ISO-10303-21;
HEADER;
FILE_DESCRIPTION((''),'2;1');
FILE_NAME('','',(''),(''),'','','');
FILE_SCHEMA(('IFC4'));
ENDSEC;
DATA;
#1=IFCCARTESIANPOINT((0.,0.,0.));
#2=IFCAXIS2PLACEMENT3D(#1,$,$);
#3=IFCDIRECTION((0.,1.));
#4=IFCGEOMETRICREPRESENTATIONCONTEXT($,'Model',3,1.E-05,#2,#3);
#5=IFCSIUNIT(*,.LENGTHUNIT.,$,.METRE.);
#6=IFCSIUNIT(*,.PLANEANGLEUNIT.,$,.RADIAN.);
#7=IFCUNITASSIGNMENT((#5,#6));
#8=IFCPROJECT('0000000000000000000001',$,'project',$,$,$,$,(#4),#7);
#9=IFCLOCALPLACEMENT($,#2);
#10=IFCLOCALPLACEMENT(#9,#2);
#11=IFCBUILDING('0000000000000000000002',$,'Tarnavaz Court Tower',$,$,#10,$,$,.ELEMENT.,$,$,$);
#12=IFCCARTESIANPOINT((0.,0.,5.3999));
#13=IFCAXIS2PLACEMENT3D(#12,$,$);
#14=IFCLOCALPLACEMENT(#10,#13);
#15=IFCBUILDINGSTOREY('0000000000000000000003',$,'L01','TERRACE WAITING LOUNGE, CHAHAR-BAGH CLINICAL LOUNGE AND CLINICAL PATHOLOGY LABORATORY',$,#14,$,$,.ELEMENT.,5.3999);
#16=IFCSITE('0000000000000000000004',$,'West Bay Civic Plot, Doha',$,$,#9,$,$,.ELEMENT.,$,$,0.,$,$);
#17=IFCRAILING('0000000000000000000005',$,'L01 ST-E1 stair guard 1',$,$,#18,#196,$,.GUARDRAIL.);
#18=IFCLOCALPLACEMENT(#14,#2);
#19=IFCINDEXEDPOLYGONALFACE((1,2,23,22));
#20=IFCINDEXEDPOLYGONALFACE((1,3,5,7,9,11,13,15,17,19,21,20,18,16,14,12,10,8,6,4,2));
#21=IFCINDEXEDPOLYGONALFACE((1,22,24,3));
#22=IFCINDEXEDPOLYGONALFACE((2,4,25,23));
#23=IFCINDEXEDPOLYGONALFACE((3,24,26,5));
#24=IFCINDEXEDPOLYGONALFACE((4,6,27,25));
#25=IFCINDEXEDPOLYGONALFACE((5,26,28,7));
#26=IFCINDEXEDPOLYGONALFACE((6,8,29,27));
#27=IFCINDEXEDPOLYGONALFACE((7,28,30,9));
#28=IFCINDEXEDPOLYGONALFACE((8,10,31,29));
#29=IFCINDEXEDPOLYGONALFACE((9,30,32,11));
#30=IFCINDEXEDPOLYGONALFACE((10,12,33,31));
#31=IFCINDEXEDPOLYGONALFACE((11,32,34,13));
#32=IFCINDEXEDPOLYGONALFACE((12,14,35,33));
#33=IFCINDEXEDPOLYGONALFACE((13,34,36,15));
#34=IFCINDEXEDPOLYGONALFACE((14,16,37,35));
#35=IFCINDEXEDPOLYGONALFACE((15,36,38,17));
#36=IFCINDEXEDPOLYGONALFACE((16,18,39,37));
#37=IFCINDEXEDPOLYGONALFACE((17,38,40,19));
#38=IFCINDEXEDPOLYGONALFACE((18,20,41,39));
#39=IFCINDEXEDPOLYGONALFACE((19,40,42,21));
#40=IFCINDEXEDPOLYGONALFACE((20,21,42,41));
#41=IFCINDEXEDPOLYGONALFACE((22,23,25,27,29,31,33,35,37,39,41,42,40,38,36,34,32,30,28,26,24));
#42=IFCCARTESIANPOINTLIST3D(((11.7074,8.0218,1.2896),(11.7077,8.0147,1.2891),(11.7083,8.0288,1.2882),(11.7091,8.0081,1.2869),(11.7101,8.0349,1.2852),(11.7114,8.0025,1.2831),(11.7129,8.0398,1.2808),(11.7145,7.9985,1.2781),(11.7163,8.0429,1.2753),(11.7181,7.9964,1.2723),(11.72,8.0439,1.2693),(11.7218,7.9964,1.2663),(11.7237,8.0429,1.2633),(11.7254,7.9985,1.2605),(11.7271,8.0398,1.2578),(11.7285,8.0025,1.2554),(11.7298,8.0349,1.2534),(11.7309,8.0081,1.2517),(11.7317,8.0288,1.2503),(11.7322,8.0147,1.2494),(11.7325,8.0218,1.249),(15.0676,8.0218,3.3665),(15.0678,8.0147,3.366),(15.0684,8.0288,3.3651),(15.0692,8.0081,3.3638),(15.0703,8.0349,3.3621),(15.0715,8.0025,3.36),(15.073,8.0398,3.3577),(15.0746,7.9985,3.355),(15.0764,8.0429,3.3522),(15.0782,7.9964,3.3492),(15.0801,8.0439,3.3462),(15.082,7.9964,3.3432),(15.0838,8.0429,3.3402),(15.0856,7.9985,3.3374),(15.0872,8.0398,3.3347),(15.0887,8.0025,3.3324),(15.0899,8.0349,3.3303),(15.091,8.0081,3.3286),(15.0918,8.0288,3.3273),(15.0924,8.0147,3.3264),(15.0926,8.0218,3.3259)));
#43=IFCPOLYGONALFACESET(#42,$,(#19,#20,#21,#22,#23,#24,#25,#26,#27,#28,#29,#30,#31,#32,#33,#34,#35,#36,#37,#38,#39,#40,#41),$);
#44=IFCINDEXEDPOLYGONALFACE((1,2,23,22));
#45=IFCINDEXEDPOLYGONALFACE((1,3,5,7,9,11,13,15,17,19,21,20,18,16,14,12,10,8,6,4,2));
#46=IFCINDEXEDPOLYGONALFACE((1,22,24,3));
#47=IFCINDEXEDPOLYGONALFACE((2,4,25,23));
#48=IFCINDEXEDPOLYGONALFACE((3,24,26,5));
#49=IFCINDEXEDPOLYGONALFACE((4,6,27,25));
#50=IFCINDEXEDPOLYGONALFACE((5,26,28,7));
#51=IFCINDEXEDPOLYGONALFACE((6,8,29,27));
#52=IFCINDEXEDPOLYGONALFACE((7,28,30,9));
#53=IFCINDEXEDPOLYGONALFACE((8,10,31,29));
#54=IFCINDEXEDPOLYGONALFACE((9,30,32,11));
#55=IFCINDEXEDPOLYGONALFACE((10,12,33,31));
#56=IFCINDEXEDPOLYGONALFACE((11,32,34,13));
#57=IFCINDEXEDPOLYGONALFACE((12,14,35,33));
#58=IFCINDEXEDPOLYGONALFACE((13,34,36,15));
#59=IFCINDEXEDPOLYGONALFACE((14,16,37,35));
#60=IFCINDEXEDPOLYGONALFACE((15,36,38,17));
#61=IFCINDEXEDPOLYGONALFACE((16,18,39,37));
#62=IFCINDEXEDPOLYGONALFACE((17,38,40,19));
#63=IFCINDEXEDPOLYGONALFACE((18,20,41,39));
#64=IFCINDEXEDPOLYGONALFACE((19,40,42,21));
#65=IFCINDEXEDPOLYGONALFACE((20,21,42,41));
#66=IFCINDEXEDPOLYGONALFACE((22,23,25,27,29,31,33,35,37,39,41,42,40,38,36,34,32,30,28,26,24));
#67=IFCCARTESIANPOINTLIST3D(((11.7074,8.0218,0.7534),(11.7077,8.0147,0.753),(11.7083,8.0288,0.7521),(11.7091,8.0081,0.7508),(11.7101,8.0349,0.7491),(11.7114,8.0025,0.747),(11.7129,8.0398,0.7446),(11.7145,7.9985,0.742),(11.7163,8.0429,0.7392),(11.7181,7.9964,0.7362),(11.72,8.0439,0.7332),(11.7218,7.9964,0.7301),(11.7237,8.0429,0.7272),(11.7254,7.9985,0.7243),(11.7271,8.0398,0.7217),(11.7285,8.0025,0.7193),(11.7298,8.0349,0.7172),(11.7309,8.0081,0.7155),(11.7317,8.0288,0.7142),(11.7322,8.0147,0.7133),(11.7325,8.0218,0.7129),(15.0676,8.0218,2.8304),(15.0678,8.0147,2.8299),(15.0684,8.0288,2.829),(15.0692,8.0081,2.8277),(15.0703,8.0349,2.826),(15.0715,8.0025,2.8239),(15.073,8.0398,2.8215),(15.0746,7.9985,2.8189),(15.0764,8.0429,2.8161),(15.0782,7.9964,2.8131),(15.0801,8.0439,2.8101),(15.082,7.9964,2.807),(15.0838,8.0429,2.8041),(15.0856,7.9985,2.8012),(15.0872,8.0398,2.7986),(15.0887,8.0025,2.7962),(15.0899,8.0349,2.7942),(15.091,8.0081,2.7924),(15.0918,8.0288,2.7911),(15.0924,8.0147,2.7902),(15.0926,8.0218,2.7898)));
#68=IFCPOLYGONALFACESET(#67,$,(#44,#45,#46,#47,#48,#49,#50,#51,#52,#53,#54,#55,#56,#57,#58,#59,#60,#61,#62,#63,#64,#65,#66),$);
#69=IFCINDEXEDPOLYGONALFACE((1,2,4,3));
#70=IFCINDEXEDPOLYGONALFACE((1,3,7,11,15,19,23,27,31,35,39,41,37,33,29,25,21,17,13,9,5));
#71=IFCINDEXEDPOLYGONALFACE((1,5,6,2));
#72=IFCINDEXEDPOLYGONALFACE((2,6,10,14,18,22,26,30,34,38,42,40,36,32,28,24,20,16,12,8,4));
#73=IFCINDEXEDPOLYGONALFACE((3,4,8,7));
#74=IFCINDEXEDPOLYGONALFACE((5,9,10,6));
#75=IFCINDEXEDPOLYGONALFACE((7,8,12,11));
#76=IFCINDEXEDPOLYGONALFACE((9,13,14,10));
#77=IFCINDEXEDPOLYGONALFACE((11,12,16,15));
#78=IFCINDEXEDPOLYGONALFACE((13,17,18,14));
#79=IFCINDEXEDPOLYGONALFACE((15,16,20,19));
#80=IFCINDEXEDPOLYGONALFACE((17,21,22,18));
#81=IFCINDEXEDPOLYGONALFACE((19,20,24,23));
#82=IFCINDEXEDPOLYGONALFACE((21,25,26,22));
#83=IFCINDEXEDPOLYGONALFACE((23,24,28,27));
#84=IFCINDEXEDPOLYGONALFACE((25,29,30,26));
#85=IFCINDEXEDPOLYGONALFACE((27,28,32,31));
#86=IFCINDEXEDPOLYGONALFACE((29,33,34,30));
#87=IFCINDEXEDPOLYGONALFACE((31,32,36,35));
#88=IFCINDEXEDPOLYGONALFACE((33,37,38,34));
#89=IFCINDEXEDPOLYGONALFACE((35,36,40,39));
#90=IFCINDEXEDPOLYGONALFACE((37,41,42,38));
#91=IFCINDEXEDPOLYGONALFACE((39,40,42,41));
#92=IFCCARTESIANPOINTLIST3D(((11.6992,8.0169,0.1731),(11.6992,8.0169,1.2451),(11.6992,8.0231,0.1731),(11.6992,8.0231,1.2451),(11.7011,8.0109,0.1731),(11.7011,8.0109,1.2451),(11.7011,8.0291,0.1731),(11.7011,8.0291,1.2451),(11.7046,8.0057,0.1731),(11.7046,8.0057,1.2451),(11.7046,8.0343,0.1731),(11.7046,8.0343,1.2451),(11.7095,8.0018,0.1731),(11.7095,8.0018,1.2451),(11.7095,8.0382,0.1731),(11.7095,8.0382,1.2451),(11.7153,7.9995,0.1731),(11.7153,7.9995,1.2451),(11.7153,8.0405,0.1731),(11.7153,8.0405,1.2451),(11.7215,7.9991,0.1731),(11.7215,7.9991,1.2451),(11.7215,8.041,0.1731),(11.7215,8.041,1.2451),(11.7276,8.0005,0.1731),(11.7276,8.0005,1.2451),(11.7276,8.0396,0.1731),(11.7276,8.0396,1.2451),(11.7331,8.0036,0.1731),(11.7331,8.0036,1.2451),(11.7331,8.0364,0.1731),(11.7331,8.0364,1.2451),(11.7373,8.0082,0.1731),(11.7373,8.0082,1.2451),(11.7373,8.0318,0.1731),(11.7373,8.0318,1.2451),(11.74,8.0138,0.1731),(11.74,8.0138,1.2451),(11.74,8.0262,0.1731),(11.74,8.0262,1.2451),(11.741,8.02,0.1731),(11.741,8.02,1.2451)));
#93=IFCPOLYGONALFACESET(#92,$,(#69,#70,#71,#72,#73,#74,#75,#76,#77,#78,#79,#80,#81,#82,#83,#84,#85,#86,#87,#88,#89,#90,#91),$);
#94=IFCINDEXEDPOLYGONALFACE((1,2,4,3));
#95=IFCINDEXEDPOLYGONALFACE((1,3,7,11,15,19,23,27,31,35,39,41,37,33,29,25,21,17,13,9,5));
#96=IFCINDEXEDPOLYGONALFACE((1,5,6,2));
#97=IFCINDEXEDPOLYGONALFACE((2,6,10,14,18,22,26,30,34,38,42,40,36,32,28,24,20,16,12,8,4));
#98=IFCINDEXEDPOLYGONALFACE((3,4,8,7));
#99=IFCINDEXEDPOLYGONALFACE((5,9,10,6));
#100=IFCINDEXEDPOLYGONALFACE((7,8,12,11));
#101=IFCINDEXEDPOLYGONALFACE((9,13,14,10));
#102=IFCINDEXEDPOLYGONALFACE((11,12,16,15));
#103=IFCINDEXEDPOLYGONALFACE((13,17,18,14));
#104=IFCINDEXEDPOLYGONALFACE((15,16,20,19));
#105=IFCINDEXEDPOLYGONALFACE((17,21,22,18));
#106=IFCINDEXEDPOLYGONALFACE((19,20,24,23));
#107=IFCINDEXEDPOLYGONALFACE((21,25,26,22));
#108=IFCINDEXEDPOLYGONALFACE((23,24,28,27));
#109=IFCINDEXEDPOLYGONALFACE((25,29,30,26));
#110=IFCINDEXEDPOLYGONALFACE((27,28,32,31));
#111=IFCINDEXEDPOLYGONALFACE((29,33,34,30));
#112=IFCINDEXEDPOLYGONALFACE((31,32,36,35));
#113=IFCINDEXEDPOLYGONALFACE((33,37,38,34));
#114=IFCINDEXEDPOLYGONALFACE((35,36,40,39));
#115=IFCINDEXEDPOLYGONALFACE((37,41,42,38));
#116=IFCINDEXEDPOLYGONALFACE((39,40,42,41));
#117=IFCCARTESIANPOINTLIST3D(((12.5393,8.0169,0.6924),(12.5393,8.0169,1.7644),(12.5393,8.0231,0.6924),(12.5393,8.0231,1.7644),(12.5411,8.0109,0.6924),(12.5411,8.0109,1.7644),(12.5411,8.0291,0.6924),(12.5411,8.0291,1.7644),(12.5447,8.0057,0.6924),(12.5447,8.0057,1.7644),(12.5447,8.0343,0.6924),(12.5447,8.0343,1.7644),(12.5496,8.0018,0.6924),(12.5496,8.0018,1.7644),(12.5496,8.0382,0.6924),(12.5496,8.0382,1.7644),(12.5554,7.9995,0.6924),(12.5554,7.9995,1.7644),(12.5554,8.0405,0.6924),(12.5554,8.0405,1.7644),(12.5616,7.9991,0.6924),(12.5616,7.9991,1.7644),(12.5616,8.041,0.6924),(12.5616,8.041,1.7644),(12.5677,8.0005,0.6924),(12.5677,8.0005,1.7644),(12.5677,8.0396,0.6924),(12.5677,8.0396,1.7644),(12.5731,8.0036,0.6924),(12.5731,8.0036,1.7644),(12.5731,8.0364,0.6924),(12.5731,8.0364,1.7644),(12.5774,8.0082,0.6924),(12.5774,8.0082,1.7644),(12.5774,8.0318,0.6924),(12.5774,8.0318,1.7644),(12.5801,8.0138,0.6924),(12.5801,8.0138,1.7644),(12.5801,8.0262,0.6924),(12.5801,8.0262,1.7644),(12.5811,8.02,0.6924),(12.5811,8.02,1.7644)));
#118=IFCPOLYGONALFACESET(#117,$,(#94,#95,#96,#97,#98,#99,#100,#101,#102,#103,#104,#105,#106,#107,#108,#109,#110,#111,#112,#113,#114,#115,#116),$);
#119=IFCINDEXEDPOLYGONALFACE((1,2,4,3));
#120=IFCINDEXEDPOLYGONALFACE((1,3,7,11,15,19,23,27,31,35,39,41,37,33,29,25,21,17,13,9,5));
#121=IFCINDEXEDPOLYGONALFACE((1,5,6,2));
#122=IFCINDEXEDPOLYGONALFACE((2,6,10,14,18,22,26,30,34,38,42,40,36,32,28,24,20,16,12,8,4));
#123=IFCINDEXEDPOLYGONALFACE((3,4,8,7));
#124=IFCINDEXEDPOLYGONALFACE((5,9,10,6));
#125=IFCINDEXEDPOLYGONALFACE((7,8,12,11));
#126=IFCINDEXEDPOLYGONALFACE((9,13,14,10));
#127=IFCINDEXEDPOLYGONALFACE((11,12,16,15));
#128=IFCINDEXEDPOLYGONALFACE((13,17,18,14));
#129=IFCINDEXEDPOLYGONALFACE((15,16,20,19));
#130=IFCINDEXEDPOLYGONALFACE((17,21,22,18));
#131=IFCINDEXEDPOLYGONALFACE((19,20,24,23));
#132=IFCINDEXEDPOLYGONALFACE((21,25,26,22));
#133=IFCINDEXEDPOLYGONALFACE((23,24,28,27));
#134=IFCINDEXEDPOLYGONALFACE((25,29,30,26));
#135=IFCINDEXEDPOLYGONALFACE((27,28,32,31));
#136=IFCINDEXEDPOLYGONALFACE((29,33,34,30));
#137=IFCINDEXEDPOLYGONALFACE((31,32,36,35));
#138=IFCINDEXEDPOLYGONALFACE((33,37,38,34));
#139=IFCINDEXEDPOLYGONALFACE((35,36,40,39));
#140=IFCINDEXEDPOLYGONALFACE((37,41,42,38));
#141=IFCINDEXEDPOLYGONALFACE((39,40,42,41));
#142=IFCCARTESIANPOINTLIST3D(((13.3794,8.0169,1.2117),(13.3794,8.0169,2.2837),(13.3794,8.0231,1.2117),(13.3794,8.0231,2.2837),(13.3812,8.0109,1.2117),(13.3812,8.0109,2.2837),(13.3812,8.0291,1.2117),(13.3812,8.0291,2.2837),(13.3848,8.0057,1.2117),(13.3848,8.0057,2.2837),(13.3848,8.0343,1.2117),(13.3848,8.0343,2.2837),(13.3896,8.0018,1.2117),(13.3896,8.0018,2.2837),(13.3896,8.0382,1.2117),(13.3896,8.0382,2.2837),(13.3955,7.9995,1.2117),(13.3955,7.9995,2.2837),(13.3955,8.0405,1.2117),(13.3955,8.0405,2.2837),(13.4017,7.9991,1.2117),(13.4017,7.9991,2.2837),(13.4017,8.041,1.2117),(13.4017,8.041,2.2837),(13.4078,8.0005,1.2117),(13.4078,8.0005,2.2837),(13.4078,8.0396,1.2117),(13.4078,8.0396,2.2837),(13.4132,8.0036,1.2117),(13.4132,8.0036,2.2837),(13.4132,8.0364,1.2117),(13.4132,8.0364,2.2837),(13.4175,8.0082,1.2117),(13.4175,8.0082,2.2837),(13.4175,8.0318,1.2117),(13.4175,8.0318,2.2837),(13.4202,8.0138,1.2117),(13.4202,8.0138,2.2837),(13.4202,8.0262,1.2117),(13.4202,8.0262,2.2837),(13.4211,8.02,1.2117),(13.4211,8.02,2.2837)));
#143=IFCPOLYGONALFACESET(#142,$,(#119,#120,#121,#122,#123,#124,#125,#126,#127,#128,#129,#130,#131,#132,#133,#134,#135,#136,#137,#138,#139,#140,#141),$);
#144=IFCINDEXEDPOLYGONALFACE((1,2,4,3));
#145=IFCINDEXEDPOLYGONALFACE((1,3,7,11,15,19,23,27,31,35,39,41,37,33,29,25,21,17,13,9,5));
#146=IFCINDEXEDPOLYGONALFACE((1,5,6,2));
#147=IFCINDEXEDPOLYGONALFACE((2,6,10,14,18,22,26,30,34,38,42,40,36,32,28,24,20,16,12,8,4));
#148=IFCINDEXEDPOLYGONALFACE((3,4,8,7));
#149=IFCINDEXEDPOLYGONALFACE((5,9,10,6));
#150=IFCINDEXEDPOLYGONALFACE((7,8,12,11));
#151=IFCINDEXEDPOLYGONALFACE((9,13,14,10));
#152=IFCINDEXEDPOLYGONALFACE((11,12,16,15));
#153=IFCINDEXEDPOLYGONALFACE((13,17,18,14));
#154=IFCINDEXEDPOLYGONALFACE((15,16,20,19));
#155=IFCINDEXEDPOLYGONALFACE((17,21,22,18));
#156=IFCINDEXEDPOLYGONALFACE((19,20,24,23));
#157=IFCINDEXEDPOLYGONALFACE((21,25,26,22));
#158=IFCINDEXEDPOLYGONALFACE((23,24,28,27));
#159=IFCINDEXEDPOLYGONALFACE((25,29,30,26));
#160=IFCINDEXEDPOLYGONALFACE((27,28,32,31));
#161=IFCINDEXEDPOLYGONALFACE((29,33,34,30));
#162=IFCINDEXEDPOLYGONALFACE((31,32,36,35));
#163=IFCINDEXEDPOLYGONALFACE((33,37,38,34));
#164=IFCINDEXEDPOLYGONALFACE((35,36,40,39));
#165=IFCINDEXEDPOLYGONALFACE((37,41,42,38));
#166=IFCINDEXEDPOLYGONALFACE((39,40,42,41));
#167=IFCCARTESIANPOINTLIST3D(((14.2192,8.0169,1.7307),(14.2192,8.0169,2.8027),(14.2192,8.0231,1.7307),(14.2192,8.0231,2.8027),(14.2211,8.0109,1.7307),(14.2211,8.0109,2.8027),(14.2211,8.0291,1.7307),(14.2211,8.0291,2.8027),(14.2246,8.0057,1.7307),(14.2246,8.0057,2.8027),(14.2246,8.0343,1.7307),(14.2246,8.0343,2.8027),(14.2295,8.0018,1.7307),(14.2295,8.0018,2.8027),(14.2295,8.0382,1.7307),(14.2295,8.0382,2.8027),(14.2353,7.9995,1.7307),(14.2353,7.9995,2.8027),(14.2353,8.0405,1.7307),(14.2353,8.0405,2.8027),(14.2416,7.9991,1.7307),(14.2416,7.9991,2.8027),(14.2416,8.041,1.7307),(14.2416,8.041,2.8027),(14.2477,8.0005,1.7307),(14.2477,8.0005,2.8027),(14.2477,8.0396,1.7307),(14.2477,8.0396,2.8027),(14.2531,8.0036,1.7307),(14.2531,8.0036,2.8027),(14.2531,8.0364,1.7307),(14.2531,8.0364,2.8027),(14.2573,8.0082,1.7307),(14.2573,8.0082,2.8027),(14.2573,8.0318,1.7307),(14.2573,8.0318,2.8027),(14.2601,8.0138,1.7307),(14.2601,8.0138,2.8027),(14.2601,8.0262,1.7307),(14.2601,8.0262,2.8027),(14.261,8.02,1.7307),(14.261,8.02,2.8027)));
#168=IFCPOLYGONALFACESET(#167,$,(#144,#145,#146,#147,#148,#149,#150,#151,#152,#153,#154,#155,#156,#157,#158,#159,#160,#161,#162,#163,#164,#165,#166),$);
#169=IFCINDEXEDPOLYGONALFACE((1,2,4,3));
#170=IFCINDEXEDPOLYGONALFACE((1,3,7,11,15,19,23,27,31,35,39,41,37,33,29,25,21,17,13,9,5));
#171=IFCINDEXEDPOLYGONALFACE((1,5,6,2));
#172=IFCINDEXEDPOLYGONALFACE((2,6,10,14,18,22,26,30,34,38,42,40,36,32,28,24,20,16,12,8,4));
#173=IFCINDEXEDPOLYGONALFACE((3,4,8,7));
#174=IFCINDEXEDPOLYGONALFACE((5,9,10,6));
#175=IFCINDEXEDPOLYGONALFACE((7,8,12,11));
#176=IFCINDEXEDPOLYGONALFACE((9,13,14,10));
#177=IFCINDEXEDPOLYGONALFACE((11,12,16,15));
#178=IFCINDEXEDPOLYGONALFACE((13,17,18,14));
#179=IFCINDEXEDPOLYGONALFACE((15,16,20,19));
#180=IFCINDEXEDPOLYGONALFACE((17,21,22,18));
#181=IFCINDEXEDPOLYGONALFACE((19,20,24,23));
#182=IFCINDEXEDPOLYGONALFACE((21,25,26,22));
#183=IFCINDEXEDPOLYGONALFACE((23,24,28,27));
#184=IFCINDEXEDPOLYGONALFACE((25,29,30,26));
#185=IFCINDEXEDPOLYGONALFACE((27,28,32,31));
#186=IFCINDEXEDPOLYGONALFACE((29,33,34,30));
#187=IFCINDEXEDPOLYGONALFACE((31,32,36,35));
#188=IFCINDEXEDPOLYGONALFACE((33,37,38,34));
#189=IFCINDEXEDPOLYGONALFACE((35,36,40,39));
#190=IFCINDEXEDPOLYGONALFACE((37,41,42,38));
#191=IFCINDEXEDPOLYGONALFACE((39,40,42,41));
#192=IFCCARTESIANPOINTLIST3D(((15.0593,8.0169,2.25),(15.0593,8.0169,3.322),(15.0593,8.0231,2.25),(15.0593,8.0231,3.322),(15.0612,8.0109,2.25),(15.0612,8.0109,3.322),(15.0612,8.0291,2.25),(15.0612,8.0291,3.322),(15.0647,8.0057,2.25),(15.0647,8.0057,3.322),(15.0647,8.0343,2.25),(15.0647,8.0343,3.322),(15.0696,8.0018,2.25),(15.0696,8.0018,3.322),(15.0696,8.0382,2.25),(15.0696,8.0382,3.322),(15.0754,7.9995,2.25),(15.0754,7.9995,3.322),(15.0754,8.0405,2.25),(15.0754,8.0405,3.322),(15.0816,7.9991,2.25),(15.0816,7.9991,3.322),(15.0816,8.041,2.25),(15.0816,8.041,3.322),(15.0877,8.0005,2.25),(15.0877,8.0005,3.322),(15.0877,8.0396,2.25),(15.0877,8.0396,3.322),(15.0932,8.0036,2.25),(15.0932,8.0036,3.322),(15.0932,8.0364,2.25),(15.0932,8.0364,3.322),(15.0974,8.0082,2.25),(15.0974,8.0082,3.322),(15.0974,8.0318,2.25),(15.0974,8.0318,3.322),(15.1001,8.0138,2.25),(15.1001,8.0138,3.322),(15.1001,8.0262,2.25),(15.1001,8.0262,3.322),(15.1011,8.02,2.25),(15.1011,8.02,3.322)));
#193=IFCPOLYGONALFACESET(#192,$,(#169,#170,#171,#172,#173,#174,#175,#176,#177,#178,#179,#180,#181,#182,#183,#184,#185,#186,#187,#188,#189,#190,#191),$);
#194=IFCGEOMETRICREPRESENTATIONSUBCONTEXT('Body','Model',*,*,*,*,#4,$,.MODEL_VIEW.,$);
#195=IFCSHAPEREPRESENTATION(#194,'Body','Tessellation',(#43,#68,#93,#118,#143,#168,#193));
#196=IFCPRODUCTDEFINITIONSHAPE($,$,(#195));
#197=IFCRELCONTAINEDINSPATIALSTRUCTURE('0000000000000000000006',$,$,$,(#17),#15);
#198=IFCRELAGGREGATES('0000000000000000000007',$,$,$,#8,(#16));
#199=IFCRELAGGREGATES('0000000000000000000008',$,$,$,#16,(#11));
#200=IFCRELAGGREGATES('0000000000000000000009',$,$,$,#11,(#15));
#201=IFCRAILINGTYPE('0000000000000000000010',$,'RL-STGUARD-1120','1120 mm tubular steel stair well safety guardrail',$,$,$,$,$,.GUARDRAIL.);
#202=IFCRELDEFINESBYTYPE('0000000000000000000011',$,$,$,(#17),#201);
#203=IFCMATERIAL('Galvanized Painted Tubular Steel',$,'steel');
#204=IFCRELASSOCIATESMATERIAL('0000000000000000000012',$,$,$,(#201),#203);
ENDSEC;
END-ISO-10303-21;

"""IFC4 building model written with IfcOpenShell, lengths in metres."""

from ifc_helpers import new_model, si_unit, direction, frame, origin, origin_2d, place, context, subcontext, project, spatial, circle, extrude, material, type_object, element, save


model = new_model("IFC4")

# Units and contexts
model_context = context("Model", 3, precision=1e-05, world=origin(), true_north=direction((0.0, 1.0)))
body_context = subcontext(model_context, "Body", "Model", "MODEL_VIEW")
ifc_project = project(units=[si_unit("LENGTHUNIT", "METRE"), si_unit("PLANEANGLEUNIT", "RADIAN")], contexts=[model_context])

# Site, building, storey
site_placement = place(None, origin())
site = spatial("IfcSite", under=ifc_project, at=site_placement, Name="West Bay Civic Plot, Doha", CompositionType="ELEMENT", RefElevation=0.0)
building_placement = place(site_placement, origin())
building = spatial("IfcBuilding", under=site, at=building_placement, Name="Tarnavaz Court Tower", CompositionType="ELEMENT")
storey_placement = place(building_placement, frame((0.0, 0.0, 5.3999)))
storey = spatial("IfcBuildingStorey", under=building, at=storey_placement, Name="L01", Description="TERRACE WAITING LOUNGE, CHAHAR-BAGH CLINICAL LOUNGE AND CLINICAL PATHOLOGY LABORATORY", CompositionType="ELEMENT", Elevation=5.3999)

# Railing
ifc_material_1 = material(Name="Galvanized Painted Tubular Steel", Category="steel")
railing_type_1 = type_object("IfcRailingType", Name="RL-STGUARD-1120", Description="1120 mm tubular steel stair well safety guardrail", PredefinedType="GUARDRAIL", material=ifc_material_1)
railing_1_placement = place(storey_placement, frame((11.72, 8.02, 0.1731)))
element("IfcRailing", 1, at=railing_1_placement, inside=storey, type_object=railing_type_1, Name="L01 ST-E1 stair guard 1", PredefinedType="GUARDRAIL", context=body_context, shape_type="SweptSolid", body=[
    extrude(circle(Radius=0.0239, at=origin_2d()), frame((0.0, 0.0, 1.0962), z_axis=(0.850623, 0.0, 0.525776), x_axis=(0.0, 1.0, 0.0)), (0.0, 0.0, 1.0), 3.9502),
    extrude(circle(Radius=0.0239, at=origin_2d()), frame((0.0, 0.0, 0.5601), z_axis=(0.850623, 0.0, 0.525776), x_axis=(0.0, 1.0, 0.0)), (0.0, 0.0, 1.0), 3.9502),
    extrude(circle(Radius=0.021, at=origin_2d()), origin(), (0.0, 0.0, 1.0), 1.072),
    extrude(circle(Radius=0.021, at=origin_2d()), frame((0.8401, 0.0, 0.5193)), (0.0, 0.0, 1.0), 1.072),
    extrude(circle(Radius=0.021, at=origin_2d()), frame((1.6802, 0.0, 1.0386)), (0.0, 0.0, 1.0), 1.072),
    extrude(circle(Radius=0.021, at=origin_2d()), frame((2.52, 0.0, 1.5576)), (0.0, 0.0, 1.0), 1.072),
    extrude(circle(Radius=0.021, at=origin_2d()), frame((3.3601, 0.0, 2.0769)), (0.0, 0.0, 1.0), 1.072),
])

save(model, "model.ifc")
